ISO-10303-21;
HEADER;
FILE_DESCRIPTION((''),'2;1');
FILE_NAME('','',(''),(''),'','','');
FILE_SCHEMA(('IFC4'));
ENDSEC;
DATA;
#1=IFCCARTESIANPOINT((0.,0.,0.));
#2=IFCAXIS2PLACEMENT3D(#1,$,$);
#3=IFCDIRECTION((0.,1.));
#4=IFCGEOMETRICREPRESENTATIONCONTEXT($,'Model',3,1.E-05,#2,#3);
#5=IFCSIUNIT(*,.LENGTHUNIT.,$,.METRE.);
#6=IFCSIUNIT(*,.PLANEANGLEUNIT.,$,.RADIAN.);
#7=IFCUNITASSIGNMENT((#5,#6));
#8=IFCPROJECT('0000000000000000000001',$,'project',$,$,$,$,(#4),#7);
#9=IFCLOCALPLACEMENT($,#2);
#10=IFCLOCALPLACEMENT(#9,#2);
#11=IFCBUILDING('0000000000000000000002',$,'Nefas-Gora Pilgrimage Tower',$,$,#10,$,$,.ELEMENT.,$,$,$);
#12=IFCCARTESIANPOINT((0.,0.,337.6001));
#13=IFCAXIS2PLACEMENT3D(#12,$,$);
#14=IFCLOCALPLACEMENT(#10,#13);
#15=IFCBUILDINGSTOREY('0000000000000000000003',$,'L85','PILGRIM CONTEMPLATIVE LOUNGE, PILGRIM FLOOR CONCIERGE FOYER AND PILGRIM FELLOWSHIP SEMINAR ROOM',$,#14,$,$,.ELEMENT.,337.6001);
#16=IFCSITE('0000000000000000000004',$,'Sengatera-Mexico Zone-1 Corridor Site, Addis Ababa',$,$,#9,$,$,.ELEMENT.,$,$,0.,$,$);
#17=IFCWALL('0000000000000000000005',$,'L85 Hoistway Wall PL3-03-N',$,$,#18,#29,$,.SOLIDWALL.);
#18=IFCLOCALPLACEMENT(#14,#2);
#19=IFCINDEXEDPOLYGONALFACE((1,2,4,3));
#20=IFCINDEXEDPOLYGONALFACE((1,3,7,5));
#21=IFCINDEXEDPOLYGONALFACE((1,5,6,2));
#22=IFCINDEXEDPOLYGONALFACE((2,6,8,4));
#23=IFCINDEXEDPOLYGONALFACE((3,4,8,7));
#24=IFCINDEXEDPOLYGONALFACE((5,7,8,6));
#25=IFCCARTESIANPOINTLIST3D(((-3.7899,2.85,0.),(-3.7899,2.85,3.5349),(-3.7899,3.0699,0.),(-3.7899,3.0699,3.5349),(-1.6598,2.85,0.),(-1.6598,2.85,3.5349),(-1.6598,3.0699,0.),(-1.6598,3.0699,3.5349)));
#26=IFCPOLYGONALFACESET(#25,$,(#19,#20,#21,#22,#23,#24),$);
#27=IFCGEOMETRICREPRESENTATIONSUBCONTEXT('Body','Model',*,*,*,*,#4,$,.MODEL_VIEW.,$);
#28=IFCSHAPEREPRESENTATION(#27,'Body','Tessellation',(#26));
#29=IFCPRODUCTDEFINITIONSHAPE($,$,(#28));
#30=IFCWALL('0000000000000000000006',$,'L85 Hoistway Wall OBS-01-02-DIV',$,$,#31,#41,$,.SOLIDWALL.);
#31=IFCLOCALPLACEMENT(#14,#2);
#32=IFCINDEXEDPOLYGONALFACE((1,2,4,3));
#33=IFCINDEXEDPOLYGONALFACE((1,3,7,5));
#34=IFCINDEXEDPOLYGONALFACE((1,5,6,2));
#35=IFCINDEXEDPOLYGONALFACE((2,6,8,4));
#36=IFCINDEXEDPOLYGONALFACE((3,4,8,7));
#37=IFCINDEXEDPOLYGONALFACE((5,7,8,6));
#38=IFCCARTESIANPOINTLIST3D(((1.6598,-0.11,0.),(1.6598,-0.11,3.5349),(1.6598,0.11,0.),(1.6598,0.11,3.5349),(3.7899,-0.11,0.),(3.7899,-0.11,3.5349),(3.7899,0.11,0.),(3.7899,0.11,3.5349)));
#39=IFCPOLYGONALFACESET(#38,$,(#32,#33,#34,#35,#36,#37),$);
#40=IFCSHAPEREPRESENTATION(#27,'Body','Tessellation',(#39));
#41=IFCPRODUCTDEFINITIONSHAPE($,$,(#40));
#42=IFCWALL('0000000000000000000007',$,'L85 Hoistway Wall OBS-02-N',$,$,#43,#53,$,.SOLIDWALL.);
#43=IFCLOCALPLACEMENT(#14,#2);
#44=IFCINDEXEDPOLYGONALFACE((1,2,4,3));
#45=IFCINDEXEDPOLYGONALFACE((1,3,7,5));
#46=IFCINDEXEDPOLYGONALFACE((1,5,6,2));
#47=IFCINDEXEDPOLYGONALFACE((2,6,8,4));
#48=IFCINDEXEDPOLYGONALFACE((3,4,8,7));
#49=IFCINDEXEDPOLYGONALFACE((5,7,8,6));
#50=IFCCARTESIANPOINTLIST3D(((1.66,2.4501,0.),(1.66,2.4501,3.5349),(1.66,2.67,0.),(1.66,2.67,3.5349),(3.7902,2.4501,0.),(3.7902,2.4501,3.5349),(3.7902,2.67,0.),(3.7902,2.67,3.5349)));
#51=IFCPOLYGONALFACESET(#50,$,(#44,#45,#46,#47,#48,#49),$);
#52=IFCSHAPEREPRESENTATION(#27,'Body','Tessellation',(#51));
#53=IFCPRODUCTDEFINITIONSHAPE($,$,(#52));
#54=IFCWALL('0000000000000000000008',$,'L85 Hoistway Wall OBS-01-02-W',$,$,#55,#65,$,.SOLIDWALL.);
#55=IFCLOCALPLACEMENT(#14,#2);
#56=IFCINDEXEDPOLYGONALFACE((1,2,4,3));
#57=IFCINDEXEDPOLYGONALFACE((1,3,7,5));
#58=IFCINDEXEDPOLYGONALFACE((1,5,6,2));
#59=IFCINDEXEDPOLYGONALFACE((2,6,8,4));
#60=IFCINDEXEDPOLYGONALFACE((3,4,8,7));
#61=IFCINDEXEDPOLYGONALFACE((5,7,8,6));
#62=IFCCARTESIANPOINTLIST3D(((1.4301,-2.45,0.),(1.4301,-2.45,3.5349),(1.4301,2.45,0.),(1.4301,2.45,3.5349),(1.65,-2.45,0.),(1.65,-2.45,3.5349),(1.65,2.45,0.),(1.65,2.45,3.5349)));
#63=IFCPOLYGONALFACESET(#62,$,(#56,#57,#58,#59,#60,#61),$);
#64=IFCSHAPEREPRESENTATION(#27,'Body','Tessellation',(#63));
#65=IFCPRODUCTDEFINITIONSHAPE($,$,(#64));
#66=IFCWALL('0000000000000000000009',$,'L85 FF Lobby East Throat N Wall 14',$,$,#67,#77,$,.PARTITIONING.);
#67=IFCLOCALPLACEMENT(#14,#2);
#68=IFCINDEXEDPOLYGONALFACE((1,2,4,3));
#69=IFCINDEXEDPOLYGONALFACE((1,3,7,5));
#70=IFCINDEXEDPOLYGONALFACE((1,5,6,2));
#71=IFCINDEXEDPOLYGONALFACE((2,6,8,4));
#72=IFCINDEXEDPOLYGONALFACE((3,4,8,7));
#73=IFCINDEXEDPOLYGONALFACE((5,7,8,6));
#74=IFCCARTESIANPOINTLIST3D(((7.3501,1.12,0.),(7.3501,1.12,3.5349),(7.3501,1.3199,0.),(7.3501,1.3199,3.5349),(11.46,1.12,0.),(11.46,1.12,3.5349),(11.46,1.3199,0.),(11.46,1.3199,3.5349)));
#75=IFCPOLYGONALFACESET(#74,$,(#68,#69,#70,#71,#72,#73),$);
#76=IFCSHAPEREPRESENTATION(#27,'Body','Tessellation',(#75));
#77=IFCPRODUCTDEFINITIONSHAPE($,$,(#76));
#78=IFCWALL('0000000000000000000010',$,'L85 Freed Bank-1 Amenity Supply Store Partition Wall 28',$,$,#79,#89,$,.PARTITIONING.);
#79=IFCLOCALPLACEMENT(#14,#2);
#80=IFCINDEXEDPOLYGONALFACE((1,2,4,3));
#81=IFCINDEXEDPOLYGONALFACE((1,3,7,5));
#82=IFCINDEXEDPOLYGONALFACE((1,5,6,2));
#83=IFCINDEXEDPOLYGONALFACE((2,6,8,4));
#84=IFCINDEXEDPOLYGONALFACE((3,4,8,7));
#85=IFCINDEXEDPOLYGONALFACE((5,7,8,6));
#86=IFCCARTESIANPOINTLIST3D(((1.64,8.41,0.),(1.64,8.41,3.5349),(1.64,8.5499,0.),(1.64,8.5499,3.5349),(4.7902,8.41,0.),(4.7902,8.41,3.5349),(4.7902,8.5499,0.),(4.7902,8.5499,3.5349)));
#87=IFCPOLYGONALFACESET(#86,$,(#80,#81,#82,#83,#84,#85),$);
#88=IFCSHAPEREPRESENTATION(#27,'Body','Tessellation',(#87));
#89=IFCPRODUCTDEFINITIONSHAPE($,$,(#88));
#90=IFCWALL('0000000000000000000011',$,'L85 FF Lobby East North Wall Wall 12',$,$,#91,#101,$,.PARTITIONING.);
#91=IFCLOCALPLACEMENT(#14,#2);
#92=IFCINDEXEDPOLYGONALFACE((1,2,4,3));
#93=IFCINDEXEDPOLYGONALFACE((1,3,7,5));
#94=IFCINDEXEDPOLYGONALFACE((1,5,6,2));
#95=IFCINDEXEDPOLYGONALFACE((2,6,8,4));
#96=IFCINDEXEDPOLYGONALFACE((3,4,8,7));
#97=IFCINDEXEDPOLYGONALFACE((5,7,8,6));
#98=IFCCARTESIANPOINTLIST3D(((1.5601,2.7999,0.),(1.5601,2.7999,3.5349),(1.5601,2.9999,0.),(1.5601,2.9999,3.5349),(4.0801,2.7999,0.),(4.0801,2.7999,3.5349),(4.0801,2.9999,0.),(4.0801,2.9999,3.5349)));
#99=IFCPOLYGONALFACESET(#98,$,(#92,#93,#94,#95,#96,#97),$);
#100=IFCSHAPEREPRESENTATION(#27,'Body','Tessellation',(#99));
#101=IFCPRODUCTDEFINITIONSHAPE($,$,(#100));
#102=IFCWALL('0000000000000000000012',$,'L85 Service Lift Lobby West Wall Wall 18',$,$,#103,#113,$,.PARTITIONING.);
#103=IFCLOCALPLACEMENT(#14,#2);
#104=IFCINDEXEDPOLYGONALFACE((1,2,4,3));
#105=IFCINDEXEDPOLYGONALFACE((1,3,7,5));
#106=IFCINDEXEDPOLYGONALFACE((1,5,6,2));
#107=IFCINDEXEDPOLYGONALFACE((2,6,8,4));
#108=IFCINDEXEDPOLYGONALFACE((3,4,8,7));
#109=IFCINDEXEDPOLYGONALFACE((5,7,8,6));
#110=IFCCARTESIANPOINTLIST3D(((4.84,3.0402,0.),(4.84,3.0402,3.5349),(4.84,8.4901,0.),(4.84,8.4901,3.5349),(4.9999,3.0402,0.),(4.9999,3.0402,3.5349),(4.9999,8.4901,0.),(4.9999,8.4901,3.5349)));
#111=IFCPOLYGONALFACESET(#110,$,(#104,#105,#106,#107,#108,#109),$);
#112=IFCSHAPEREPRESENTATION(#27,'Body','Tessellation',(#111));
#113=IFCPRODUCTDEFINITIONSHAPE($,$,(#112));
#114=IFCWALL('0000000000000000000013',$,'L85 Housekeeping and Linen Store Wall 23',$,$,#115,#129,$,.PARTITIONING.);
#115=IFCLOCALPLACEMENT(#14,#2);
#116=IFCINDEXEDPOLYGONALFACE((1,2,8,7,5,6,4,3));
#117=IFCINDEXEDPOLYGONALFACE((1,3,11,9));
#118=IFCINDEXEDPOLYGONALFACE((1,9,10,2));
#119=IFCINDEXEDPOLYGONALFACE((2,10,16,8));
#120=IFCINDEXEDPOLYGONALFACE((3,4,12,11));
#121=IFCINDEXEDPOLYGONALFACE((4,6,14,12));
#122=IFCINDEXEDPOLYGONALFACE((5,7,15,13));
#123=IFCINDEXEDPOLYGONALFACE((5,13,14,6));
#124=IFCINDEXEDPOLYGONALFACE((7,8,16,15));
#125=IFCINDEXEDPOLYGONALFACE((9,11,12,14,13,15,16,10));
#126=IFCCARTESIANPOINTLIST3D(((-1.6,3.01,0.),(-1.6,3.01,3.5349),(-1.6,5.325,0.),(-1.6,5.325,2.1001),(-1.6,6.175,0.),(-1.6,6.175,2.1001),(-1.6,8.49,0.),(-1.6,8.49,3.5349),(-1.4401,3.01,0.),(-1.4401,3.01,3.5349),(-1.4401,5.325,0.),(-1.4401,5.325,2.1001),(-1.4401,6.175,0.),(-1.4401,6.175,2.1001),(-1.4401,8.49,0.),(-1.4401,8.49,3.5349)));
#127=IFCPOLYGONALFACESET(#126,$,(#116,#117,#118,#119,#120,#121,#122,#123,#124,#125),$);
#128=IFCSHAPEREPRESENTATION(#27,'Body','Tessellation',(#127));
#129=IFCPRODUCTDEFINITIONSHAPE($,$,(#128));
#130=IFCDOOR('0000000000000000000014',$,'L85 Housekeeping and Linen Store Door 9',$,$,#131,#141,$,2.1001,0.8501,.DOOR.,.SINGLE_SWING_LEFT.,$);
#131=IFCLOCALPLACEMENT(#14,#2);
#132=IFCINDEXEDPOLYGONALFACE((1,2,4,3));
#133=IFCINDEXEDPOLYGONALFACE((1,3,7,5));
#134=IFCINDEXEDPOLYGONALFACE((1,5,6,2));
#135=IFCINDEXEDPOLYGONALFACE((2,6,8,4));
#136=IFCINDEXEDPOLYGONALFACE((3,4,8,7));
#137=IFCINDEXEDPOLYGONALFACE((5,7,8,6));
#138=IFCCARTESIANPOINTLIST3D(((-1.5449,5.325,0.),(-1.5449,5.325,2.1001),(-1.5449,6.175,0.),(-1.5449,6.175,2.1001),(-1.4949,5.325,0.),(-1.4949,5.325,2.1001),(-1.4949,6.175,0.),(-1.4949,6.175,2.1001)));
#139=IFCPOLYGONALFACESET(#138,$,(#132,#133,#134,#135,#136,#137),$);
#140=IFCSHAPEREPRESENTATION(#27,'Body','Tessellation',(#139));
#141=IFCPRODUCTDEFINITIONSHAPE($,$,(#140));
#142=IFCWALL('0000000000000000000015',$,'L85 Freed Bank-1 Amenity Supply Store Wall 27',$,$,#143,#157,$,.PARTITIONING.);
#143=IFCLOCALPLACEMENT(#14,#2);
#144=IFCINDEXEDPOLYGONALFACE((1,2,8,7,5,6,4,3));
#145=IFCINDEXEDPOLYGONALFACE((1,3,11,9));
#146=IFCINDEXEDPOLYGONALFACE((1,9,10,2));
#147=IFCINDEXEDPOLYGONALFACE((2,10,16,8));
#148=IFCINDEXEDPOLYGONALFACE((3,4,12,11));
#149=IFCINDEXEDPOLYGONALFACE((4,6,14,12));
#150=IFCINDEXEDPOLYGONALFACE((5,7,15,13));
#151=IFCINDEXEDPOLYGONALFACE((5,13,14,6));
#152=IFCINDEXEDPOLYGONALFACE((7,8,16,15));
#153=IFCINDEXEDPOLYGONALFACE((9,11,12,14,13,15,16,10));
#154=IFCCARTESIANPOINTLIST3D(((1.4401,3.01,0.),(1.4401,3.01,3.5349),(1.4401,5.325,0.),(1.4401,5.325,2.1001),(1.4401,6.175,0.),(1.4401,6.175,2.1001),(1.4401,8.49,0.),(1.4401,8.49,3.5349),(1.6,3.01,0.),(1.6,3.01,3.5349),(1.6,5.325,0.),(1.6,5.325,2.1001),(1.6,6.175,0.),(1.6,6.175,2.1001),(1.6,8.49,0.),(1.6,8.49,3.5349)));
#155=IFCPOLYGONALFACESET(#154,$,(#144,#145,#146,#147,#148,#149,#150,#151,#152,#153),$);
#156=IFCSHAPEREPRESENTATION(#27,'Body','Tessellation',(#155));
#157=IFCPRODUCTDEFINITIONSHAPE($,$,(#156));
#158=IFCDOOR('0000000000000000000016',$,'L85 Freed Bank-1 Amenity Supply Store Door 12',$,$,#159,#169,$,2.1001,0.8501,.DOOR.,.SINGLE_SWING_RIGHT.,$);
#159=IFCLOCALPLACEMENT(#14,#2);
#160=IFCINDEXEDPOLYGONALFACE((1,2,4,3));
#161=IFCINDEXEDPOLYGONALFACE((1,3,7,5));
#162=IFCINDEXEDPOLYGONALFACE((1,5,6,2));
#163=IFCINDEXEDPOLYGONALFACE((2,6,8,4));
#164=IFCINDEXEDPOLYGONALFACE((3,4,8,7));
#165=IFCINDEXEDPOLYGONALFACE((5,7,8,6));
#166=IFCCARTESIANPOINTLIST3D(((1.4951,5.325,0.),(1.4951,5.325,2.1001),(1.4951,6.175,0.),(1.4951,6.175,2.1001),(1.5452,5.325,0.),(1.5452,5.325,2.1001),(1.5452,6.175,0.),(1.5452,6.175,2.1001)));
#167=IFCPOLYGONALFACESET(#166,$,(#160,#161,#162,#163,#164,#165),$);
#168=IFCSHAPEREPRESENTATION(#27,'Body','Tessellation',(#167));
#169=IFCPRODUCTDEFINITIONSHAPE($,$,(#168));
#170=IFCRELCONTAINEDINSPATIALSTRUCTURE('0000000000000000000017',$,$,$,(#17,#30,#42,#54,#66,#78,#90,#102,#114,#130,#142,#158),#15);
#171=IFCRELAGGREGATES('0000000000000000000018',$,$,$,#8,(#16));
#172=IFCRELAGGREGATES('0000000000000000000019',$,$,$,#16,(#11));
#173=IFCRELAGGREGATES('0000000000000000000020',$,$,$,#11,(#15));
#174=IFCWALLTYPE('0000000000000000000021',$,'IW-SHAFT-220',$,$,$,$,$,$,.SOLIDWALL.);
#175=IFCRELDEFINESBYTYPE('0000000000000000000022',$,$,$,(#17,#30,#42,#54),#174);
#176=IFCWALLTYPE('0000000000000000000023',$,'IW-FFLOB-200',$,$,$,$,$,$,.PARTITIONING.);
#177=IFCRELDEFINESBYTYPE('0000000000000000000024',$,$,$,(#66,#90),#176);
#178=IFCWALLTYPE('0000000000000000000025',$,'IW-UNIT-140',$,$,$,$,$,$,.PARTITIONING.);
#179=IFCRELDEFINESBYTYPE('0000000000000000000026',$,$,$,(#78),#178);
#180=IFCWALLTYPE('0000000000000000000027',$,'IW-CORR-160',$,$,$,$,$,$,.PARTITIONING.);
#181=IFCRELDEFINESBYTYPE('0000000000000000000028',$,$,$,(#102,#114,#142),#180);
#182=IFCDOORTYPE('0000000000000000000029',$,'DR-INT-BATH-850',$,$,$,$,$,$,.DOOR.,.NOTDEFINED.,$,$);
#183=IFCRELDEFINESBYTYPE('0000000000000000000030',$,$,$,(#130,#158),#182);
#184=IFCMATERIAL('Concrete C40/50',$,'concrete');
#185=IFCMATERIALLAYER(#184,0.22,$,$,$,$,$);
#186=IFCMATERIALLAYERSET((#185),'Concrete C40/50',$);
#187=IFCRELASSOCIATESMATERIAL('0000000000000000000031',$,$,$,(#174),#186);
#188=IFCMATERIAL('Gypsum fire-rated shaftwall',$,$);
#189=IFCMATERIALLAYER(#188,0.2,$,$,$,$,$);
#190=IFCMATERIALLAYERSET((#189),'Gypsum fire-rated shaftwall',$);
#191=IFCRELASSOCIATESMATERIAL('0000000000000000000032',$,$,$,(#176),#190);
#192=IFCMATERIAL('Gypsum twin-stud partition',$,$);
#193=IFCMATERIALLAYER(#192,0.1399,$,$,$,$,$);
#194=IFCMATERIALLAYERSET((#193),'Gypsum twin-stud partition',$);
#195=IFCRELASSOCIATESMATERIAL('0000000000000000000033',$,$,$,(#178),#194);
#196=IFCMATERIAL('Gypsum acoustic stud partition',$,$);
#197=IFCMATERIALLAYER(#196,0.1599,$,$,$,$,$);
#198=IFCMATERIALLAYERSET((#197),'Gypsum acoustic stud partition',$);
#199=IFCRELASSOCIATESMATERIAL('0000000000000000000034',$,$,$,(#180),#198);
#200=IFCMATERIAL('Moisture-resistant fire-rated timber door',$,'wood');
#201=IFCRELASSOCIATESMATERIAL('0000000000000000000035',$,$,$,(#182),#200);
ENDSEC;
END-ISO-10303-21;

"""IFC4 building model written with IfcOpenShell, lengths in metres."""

from ifc_helpers import new_model, si_unit, direction, frame, frame_2d, origin, place, context, subcontext, project, spatial, rectangle, extrude, source, transform, mapped, material, layer, layer_set, type_object, element, fill, save


model = new_model("IFC4")

# Units and contexts
model_context = context("Model", 3, precision=1e-05, world=origin(), true_north=direction((0.0, 1.0)))
body_context = subcontext(model_context, "Body", "Model", "MODEL_VIEW")
ifc_project = project(units=[si_unit("LENGTHUNIT", "METRE"), si_unit("PLANEANGLEUNIT", "RADIAN")], contexts=[model_context])

# Site, building, storey
site_placement = place(None, origin())
site = spatial("IfcSite", under=ifc_project, at=site_placement, Name="Sengatera-Mexico Zone-1 Corridor Site, Addis Ababa", CompositionType="ELEMENT", RefElevation=0.0)
building_placement = place(site_placement, origin())
building = spatial("IfcBuilding", under=site, at=building_placement, Name="Nefas-Gora Pilgrimage Tower", CompositionType="ELEMENT")
storey_placement = place(building_placement, frame((0.0, 0.0, 337.6001)))
storey = spatial("IfcBuildingStorey", under=building, at=storey_placement, Name="L85", Description="PILGRIM CONTEMPLATIVE LOUNGE, PILGRIM FLOOR CONCIERGE FOYER AND PILGRIM FELLOWSHIP SEMINAR ROOM", CompositionType="ELEMENT", Elevation=337.6001)

# Shared definitions
ifc_material_1 = material(Name="Concrete C40/50", Category="concrete")

# Walls
ifc_layer_1 = layer(ifc_material_1, 0.22)
ifc_layer_set_1 = layer_set([ifc_layer_1], Name="Concrete C40/50")
wall_type_1 = type_object("IfcWallType", Name="IW-SHAFT-220", PredefinedType="SOLIDWALL", material=ifc_layer_set_1)
shared_shape_1 = source(origin(), body_context, "Body", "SweptSolid", [
    extrude(rectangle(XDim=2.1301, YDim=0.22, at=frame_2d((1.0649, 0.0))), origin(), (0.0, 0.0, 1.0), 3.5349),
])
for number, where, z_axis, x_axis, name in (
    (1, (-1.6599, 2.96, 0.0), (0.0, 0.0, 1.0), (-1.0, 0.0, 0.0), "L85 Hoistway Wall PL3-03-N"),
    (2, (1.6599, 0.0, 0.0), (0.0, 0.0, 1.0), (1.0, 0.0, 0.0), "L85 Hoistway Wall OBS-01-02-DIV"),
    (3, (3.79, 2.5601, 0.0), (0.0, 0.0, 1.0), (-1.0, 0.0, 0.0), "L85 Hoistway Wall OBS-02-N"),
):
    element("IfcWall", number, at=place(storey_placement, frame(where, z_axis=z_axis, x_axis=x_axis)), inside=storey, type_object=wall_type_1, Name=name, PredefinedType="SOLIDWALL", context=body_context, shape_type="MappedRepresentation", body=[
        mapped(shared_shape_1, transform((0.0, 0.0, 0.0), x_axis=(1.0, 0.0, 0.0), y_axis=(0.0, 1.0, 0.0), z_axis=(0.0, 0.0, 1.0), scale=1.0)),
    ])
shared_shape_2 = source(origin(), body_context, "Body", "SweptSolid", [
    extrude(rectangle(XDim=4.8999, YDim=0.22, at=frame_2d((2.45, 0.0))), origin(), (0.0, 0.0, 1.0), 3.5349),
])
wall_1_placement = place(storey_placement, frame((1.54, 2.45, 0.0), z_axis=(0.0, 0.0, 1.0), x_axis=(0.0, -1.0, 0.0)))
element("IfcWall", 4, at=wall_1_placement, inside=storey, type_object=wall_type_1, Name="L85 Hoistway Wall OBS-01-02-W", PredefinedType="SOLIDWALL", context=body_context, shape_type="MappedRepresentation", body=[
    mapped(shared_shape_2, transform((0.0, 0.0, 0.0), x_axis=(1.0, 0.0, 0.0), y_axis=(0.0, 1.0, 0.0), z_axis=(0.0, 0.0, 1.0), scale=1.0)),
])

# Shared definitions
ifc_material_2 = material(Name="Gypsum fire-rated shaftwall")
ifc_layer_2 = layer(ifc_material_2, 0.2)
ifc_layer_set_2 = layer_set([ifc_layer_2], Name="Gypsum fire-rated shaftwall")
wall_type_2 = type_object("IfcWallType", Name="IW-FFLOB-200", PredefinedType="PARTITIONING", material=ifc_layer_set_2)

# Walls
shared_shape_3 = source(origin(), body_context, "Body", "SweptSolid", [
    extrude(rectangle(XDim=4.1099, YDim=0.2, at=frame_2d((2.0549, 0.0))), origin(), (0.0, 0.0, 1.0), 3.5349),
])
wall_2_placement = place(storey_placement, frame((7.3501, 1.22, 0.0), z_axis=(0.0, 0.0, 1.0), x_axis=(1.0, 0.0, 0.0)))
element("IfcWall", 5, at=wall_2_placement, inside=storey, type_object=wall_type_2, Name="L85 FF Lobby East Throat N Wall 14", PredefinedType="PARTITIONING", context=body_context, shape_type="MappedRepresentation", body=[
    mapped(shared_shape_3, transform((0.0, 0.0, 0.0), x_axis=(1.0, 0.0, 0.0), y_axis=(0.0, 1.0, 0.0), z_axis=(0.0, 0.0, 1.0), scale=1.0)),
])
ifc_material_3 = material(Name="Gypsum twin-stud partition")
ifc_layer_3 = layer(ifc_material_3, 0.1399)
ifc_layer_set_3 = layer_set([ifc_layer_3], Name="Gypsum twin-stud partition")
wall_type_3 = type_object("IfcWallType", Name="IW-UNIT-140", PredefinedType="PARTITIONING", material=ifc_layer_set_3)
shared_shape_4 = source(origin(), body_context, "Body", "SweptSolid", [
    extrude(rectangle(XDim=3.1501, YDim=0.1399, at=frame_2d((1.5752, 0.0))), origin(), (0.0, 0.0, 1.0), 3.5349),
])
wall_3_placement = place(storey_placement, frame((1.6399, 8.48, 0.0), z_axis=(0.0, 0.0, 1.0), x_axis=(1.0, 0.0, 0.0)))
element("IfcWall", 6, at=wall_3_placement, inside=storey, type_object=wall_type_3, Name="L85 Freed Bank-1 Amenity Supply Store Partition Wall 28", PredefinedType="PARTITIONING", context=body_context, shape_type="MappedRepresentation", body=[
    mapped(shared_shape_4, transform((0.0, 0.0, 0.0), x_axis=(1.0, 0.0, 0.0), y_axis=(0.0, 1.0, 0.0), z_axis=(0.0, 0.0, 1.0), scale=1.0)),
])
shared_shape_5 = source(origin(), body_context, "Body", "SweptSolid", [
    extrude(rectangle(XDim=2.52, YDim=0.2, at=frame_2d((1.26, 0.0))), origin(), (0.0, 0.0, 1.0), 3.5349),
])
wall_4_placement = place(storey_placement, frame((1.5601, 2.8999, 0.0), z_axis=(0.0, 0.0, 1.0), x_axis=(1.0, 0.0, 0.0)))
element("IfcWall", 7, at=wall_4_placement, inside=storey, type_object=wall_type_2, Name="L85 FF Lobby East North Wall Wall 12", PredefinedType="PARTITIONING", context=body_context, shape_type="MappedRepresentation", body=[
    mapped(shared_shape_5, transform((0.0, 0.0, 0.0), x_axis=(1.0, 0.0, 0.0), y_axis=(0.0, 1.0, 0.0), z_axis=(0.0, 0.0, 1.0), scale=1.0)),
])
ifc_material_4 = material(Name="Gypsum acoustic stud partition")
ifc_layer_4 = layer(ifc_material_4, 0.1599)
ifc_layer_set_4 = layer_set([ifc_layer_4], Name="Gypsum acoustic stud partition")
wall_type_4 = type_object("IfcWallType", Name="IW-CORR-160", PredefinedType="PARTITIONING", material=ifc_layer_set_4)
shared_shape_6 = source(origin(), body_context, "Body", "SweptSolid", [
    extrude(rectangle(XDim=5.45, YDim=0.1599, at=frame_2d((2.7251, 0.0))), origin(), (0.0, 0.0, 1.0), 3.5349),
])
wall_5_placement = place(storey_placement, frame((4.9199, 3.04, 0.0), z_axis=(0.0, 0.0, 1.0), x_axis=(0.0, 1.0, 0.0)))
element("IfcWall", 8, at=wall_5_placement, inside=storey, type_object=wall_type_4, Name="L85 Service Lift Lobby West Wall Wall 18", PredefinedType="PARTITIONING", context=body_context, shape_type="MappedRepresentation", body=[
    mapped(shared_shape_6, transform((0.0, 0.0, 0.0), x_axis=(1.0, 0.0, 0.0), y_axis=(0.0, 1.0, 0.0), z_axis=(0.0, 0.0, 1.0), scale=1.0)),
])

# Walls, openings, doors
shared_shape_7 = source(origin(), body_context, "Body", "SweptSolid", [
    extrude(rectangle(XDim=5.48, YDim=0.1599, at=frame_2d((2.74, 0.0))), origin(), (0.0, 0.0, 1.0), 3.5349),
])
wall_6_placement = place(storey_placement, frame((-1.52, 3.01, 0.0), z_axis=(0.0, 0.0, 1.0), x_axis=(0.0, 1.0, 0.0)))
wall_6 = element("IfcWall", 9, at=wall_6_placement, inside=storey, type_object=wall_type_4, Name="L85 Housekeeping and Linen Store Wall 23", PredefinedType="PARTITIONING", context=body_context, shape_type="MappedRepresentation", body=[
    mapped(shared_shape_7, transform((0.0, 0.0, 0.0), x_axis=(1.0, 0.0, 0.0), y_axis=(0.0, 1.0, 0.0), z_axis=(0.0, 0.0, 1.0), scale=1.0)),
])
opening_1_placement = place(wall_6_placement, frame((2.3149, 0.0, 0.0)))
opening_1 = element("IfcOpeningElement", 10, at=opening_1_placement, cuts=wall_6, PredefinedType="OPENING", context=body_context, shape_type="SweptSolid", body=[
    extrude(rectangle(XDim=0.8501, YDim=2.1001, at=frame_2d((0.425, 1.05))), frame((0.0, 0.0898, 0.0), z_axis=(0.0, -1.0, 0.0), x_axis=(1.0, 0.0, 0.0)), (0.0, 0.0, 1.0), 0.1799),
])
ifc_material_5 = material(Name="Moisture-resistant fire-rated timber door", Category="wood")
door_type_1 = type_object("IfcDoorType", Name="DR-INT-BATH-850", OperationType="NOTDEFINED", PredefinedType="DOOR", material=ifc_material_5)
shared_shape_8 = source(origin(), body_context, "Body", "SweptSolid", [
    extrude(rectangle(XDim=0.8501, YDim=2.1001, at=frame_2d((0.425, 1.05))), frame((0.0, 0.0249, 0.0), z_axis=(0.0, -1.0, 0.0), x_axis=(1.0, 0.0, 0.0)), (0.0, 0.0, 1.0), 0.05),
])
door_1_placement = place(opening_1_placement, origin())
door_1 = element("IfcDoor", 11, at=door_1_placement, inside=storey, type_object=door_type_1, Name="L85 Housekeeping and Linen Store Door 9", OperationType="SINGLE_SWING_LEFT", OverallHeight=2.1001, OverallWidth=0.8501, PredefinedType="DOOR", context=body_context, shape_type="MappedRepresentation", body=[
    mapped(shared_shape_8, transform((0.0, 0.0, 0.0), x_axis=(1.0, 0.0, 0.0), y_axis=(0.0, 1.0, 0.0), z_axis=(0.0, 0.0, 1.0), scale=1.0)),
])
fill(opening_1, door_1)
wall_7_placement = place(storey_placement, frame((1.52, 3.01, 0.0), z_axis=(0.0, 0.0, 1.0), x_axis=(0.0, 1.0, 0.0)))
wall_7 = element("IfcWall", 12, at=wall_7_placement, inside=storey, type_object=wall_type_4, Name="L85 Freed Bank-1 Amenity Supply Store Wall 27", PredefinedType="PARTITIONING", context=body_context, shape_type="MappedRepresentation", body=[
    mapped(shared_shape_7, transform((0.0, 0.0, 0.0), x_axis=(1.0, 0.0, 0.0), y_axis=(0.0, 1.0, 0.0), z_axis=(0.0, 0.0, 1.0), scale=1.0)),
])
opening_2_placement = place(wall_7_placement, frame((2.3149, 0.0, 0.0)))
opening_2 = element("IfcOpeningElement", 13, at=opening_2_placement, cuts=wall_7, PredefinedType="OPENING", context=body_context, shape_type="SweptSolid", body=[
    extrude(rectangle(XDim=0.8501, YDim=2.1001, at=frame_2d((0.425, 1.05))), frame((0.0, 0.0898, 0.0), z_axis=(0.0, -1.0, 0.0), x_axis=(1.0, 0.0, 0.0)), (0.0, 0.0, 1.0), 0.1799),
])
door_2_placement = place(opening_2_placement, origin())
door_2 = element("IfcDoor", 14, at=door_2_placement, inside=storey, type_object=door_type_1, Name="L85 Freed Bank-1 Amenity Supply Store Door 12", OperationType="SINGLE_SWING_RIGHT", OverallHeight=2.1001, OverallWidth=0.8501, PredefinedType="DOOR", context=body_context, shape_type="MappedRepresentation", body=[
    mapped(shared_shape_8, transform((0.0, 0.0, 0.0), x_axis=(1.0, 0.0, 0.0), y_axis=(0.0, 1.0, 0.0), z_axis=(0.0, 0.0, 1.0), scale=1.0)),
])
fill(opening_2, door_2)

save(model, "model.ifc")
